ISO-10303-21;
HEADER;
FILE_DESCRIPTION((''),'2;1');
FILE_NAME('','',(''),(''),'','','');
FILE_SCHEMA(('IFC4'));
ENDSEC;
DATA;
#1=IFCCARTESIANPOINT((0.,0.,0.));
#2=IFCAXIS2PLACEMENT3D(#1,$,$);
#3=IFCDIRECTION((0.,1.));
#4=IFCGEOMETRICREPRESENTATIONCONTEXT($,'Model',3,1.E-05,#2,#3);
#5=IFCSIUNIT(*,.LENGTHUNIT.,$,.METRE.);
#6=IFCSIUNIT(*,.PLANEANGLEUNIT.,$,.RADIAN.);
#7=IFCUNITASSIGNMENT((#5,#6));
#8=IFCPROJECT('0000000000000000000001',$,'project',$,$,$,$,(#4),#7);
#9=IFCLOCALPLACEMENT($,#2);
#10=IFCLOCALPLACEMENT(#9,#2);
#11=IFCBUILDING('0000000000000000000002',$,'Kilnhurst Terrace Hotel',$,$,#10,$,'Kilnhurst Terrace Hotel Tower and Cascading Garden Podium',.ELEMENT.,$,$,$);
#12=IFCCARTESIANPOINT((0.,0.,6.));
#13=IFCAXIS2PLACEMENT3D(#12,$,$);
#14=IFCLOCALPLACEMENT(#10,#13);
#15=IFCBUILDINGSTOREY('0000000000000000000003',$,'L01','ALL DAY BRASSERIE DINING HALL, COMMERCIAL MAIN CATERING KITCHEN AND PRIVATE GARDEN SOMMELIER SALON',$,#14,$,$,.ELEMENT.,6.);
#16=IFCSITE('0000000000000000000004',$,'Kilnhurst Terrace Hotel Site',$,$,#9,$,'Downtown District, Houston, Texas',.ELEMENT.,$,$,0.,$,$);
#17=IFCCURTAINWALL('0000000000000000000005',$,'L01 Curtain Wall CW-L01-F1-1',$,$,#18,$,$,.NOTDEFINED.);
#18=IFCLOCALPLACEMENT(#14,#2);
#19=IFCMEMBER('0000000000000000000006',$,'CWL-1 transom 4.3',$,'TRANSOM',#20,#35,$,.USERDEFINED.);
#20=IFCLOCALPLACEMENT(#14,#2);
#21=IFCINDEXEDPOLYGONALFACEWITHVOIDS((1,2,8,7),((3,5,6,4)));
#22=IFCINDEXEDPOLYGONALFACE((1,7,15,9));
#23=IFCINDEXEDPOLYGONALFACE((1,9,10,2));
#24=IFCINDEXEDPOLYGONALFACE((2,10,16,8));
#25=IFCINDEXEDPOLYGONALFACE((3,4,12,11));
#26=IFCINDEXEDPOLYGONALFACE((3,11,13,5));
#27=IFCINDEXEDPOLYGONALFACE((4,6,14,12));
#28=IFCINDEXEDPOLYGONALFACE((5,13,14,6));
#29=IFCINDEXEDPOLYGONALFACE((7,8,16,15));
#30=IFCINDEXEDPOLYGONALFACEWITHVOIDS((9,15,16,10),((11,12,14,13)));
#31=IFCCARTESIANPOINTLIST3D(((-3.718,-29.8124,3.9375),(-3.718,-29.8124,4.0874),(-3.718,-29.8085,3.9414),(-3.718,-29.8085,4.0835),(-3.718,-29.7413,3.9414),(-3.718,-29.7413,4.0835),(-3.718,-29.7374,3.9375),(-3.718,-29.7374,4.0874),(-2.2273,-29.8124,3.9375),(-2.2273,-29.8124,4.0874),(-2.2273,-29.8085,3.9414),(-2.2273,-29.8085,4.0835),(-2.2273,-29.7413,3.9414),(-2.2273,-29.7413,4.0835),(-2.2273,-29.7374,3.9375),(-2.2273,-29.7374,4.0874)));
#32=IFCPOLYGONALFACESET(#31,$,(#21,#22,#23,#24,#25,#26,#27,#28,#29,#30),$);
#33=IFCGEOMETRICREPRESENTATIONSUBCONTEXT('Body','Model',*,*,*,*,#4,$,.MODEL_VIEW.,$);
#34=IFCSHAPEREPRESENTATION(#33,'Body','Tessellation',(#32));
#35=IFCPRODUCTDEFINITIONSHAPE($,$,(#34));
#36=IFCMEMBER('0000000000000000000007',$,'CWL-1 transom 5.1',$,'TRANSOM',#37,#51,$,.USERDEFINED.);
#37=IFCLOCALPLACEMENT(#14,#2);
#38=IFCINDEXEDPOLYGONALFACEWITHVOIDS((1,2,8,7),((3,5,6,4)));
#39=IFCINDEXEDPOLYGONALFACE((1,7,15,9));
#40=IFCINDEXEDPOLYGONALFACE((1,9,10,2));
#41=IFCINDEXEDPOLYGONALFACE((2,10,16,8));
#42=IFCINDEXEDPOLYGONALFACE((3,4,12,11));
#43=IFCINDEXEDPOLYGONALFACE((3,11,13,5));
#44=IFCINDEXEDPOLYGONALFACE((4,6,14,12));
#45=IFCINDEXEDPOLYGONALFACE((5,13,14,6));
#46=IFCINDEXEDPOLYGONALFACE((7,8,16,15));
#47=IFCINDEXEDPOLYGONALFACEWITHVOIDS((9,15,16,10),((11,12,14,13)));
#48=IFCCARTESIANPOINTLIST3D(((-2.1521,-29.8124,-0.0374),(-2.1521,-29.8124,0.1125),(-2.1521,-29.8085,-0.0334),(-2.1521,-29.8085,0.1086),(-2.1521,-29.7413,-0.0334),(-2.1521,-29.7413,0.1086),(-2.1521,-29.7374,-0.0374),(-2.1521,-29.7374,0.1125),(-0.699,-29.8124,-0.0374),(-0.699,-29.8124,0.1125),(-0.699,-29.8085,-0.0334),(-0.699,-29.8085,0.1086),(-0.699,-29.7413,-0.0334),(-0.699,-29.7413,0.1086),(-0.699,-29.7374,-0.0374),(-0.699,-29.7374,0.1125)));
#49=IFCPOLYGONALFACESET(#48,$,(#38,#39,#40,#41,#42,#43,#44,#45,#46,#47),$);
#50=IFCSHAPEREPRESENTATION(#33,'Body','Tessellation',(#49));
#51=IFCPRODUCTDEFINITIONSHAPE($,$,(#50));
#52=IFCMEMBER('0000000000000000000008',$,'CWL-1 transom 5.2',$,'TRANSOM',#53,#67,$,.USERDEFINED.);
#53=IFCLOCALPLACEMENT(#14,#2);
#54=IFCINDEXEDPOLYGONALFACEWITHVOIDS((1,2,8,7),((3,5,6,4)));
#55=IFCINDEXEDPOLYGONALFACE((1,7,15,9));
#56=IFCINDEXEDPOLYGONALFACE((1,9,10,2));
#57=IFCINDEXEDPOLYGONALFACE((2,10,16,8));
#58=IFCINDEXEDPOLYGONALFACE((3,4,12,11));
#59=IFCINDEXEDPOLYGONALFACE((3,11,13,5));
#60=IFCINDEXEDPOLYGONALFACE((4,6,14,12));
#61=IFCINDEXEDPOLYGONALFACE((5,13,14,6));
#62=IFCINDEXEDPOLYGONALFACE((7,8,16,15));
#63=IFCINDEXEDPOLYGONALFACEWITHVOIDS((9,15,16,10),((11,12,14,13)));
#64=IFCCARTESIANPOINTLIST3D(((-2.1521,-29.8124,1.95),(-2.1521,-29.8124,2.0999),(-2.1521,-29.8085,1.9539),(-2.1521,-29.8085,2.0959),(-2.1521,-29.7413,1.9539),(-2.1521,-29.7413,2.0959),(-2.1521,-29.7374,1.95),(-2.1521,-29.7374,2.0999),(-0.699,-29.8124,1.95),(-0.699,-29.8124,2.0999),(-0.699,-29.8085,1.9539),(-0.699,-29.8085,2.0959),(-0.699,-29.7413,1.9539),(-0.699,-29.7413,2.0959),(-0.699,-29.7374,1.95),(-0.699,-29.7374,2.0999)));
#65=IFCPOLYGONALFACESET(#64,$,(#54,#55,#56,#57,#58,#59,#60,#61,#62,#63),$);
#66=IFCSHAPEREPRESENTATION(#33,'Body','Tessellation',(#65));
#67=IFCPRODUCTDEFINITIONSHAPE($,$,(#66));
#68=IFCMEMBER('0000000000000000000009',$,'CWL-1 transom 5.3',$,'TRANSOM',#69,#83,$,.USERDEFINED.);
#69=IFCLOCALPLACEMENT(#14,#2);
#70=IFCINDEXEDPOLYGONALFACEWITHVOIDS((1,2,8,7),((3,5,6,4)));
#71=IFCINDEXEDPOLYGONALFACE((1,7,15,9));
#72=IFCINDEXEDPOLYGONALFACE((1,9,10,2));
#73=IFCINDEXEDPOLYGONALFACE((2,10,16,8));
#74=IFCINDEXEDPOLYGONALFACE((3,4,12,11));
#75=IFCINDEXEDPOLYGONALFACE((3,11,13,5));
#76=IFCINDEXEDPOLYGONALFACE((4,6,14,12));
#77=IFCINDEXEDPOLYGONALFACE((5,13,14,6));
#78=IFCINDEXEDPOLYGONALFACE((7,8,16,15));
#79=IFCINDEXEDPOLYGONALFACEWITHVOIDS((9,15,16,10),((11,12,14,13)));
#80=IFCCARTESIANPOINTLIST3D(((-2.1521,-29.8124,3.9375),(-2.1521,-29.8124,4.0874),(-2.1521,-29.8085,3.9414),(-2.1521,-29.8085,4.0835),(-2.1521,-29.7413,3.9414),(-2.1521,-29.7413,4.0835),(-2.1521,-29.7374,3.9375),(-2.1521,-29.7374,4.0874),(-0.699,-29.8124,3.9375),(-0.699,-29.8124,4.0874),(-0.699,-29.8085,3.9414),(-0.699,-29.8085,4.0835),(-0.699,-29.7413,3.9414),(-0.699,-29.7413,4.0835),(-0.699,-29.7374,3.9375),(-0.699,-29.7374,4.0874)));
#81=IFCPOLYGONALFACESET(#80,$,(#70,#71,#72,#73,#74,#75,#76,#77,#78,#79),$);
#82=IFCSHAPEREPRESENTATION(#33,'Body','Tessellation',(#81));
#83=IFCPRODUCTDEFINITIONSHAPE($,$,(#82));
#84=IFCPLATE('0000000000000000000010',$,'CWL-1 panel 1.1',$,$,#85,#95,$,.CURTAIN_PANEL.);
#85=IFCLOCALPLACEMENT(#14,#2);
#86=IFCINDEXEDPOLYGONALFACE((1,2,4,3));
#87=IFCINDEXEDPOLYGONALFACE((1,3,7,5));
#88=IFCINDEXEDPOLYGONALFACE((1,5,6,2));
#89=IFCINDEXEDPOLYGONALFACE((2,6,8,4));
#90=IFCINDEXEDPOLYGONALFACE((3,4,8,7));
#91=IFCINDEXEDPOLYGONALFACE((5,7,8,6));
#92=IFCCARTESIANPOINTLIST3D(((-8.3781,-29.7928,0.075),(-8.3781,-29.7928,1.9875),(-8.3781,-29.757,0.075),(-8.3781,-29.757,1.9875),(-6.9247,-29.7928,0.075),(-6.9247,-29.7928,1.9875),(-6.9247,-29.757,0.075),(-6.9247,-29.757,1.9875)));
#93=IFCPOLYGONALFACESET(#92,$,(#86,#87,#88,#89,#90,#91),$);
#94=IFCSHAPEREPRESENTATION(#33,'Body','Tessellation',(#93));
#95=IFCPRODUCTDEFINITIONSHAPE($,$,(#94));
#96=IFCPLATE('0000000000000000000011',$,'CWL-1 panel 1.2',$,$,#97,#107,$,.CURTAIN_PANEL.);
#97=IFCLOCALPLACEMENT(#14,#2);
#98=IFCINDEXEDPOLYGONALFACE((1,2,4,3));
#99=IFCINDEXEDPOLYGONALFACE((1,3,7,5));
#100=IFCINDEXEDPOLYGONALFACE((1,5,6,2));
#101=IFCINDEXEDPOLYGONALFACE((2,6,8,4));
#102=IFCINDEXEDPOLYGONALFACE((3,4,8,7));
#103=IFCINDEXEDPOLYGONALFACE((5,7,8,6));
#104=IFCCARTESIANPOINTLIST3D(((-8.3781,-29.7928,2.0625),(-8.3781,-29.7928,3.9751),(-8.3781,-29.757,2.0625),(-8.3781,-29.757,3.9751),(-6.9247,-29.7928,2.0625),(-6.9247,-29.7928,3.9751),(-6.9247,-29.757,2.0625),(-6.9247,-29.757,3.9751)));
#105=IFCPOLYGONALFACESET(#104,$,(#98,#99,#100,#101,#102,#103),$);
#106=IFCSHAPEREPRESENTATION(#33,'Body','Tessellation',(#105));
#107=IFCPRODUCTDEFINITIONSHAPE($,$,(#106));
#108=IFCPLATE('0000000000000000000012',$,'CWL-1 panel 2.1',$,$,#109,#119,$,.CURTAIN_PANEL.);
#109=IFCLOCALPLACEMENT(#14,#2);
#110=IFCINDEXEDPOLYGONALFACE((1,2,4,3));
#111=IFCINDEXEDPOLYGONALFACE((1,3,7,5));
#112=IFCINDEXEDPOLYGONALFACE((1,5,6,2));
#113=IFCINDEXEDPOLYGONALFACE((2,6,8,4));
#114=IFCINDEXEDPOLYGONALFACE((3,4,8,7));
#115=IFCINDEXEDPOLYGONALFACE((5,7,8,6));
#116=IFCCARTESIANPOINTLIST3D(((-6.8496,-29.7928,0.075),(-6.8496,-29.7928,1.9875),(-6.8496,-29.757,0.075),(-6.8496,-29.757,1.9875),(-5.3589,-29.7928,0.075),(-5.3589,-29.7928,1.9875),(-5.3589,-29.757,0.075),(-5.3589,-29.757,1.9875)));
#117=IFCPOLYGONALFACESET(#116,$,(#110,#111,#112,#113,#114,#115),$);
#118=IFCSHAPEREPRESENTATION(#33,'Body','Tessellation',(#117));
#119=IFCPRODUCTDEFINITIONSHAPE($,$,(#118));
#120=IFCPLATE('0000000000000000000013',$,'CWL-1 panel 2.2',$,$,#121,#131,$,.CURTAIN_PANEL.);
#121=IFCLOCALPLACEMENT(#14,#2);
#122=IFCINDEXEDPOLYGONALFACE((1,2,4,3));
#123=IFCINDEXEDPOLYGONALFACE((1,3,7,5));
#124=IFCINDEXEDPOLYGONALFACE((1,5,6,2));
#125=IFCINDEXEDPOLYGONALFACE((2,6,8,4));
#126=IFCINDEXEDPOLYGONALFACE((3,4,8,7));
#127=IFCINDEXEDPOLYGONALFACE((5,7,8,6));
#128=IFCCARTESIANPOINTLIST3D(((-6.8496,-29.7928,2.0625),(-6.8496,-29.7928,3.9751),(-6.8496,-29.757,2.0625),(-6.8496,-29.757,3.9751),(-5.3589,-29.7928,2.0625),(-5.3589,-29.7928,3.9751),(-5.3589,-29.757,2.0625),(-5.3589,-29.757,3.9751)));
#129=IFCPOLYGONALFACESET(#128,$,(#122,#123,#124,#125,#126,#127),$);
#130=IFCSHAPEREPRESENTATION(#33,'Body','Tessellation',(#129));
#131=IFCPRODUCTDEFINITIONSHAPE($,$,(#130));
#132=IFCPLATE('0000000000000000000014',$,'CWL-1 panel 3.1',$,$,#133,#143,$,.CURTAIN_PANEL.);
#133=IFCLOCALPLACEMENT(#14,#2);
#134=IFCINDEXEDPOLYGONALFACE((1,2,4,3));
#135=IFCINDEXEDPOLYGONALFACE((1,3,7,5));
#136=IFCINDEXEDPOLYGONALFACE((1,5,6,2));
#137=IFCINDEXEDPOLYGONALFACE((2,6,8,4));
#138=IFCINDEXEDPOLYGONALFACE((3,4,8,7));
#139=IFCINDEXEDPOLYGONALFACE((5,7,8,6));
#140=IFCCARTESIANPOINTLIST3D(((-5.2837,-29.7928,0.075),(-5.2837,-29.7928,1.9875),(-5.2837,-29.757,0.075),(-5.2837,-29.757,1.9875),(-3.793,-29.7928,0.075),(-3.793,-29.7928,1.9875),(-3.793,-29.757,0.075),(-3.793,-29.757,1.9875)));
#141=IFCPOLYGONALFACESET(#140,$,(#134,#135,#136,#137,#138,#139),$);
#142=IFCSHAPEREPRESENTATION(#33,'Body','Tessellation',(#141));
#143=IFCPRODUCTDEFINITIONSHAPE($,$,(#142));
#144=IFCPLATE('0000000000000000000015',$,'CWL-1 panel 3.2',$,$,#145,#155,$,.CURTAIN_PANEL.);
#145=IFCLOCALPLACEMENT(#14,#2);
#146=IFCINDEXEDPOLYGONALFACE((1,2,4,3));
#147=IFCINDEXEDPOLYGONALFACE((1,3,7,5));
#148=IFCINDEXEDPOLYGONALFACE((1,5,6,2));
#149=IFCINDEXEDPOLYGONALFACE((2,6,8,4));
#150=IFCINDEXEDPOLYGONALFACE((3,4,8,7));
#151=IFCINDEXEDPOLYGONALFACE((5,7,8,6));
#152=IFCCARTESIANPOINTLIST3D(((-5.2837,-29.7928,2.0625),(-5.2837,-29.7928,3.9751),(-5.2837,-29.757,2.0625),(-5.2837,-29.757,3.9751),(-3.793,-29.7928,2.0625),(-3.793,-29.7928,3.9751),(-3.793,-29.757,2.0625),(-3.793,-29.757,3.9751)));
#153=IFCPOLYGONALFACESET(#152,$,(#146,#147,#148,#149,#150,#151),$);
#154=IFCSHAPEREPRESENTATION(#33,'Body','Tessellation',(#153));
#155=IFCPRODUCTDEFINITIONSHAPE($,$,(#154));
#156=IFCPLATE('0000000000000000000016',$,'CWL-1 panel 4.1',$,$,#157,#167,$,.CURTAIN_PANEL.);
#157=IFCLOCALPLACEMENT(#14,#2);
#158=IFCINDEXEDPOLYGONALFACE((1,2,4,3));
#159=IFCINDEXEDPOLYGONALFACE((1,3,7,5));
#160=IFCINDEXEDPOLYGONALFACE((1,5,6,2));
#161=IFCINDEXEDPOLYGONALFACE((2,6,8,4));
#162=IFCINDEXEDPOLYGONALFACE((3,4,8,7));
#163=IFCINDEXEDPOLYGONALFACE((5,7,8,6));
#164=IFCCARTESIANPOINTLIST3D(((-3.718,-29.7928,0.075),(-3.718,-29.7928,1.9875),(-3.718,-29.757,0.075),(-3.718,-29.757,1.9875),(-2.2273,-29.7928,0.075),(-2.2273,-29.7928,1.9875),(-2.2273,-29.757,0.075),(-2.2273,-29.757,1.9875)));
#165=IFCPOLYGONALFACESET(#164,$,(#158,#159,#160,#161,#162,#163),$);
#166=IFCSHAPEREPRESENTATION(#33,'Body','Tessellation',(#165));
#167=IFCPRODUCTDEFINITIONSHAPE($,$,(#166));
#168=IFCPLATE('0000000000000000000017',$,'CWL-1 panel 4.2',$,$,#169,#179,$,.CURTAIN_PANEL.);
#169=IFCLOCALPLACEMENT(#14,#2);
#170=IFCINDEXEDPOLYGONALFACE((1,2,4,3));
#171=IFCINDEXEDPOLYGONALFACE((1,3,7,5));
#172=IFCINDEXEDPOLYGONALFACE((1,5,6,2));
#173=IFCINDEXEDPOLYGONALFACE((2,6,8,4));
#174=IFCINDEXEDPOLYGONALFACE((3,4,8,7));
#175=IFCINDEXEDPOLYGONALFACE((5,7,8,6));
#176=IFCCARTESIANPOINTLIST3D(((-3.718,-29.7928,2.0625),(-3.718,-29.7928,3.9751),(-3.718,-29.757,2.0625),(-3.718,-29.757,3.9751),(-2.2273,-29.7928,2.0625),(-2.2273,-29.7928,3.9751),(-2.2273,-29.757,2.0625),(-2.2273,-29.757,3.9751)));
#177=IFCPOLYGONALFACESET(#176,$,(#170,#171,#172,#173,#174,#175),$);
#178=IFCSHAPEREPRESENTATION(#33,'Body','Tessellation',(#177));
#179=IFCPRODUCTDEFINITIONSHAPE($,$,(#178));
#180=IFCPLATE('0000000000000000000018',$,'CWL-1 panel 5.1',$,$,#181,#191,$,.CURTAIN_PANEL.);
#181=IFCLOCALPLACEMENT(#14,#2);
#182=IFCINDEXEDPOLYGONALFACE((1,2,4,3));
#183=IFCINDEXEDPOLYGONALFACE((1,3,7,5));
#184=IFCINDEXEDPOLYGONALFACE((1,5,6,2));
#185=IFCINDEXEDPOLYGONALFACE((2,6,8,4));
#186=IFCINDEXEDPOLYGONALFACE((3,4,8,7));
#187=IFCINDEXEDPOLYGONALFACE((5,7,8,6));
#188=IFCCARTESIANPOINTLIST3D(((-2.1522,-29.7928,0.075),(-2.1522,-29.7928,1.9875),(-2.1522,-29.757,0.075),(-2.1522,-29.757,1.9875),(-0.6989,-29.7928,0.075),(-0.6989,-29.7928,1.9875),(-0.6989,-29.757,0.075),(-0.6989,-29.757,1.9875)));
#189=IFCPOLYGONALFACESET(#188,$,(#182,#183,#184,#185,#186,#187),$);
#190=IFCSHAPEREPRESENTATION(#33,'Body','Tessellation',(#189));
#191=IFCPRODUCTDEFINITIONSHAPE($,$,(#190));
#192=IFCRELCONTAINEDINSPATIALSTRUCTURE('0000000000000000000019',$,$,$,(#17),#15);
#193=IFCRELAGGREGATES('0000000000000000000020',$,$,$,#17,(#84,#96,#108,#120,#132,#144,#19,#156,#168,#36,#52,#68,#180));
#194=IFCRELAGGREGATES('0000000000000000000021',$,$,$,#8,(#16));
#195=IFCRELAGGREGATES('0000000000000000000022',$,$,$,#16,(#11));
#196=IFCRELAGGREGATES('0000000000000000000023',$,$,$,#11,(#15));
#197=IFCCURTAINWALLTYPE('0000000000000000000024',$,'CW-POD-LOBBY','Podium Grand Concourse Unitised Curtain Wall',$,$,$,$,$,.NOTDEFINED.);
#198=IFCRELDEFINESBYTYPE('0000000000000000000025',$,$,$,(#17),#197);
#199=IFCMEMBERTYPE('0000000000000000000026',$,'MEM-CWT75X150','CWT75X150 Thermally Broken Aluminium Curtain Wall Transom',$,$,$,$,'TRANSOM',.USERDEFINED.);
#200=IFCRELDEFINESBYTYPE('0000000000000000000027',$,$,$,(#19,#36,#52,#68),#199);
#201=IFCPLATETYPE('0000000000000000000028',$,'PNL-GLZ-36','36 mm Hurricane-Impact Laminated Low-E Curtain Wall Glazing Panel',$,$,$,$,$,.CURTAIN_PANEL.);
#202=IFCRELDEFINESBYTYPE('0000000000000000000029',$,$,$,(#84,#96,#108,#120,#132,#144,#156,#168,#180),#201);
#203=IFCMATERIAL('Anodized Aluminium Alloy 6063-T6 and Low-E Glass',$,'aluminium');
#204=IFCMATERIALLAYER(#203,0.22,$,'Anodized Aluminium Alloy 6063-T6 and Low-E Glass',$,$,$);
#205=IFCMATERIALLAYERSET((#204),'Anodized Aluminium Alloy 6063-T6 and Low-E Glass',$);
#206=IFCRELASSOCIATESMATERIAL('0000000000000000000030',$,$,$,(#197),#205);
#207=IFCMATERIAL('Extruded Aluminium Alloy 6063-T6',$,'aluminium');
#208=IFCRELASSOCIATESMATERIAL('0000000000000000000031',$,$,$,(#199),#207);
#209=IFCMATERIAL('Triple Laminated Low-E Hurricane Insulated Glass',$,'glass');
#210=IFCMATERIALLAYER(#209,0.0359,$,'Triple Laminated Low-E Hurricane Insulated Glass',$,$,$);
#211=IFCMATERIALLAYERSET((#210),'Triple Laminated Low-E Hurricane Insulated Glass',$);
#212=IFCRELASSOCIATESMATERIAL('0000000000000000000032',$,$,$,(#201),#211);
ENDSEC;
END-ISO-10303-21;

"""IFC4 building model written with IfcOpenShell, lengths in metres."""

from ifc_helpers import new_model, si_unit, direction, frame, origin, origin_2d, place, context, subcontext, project, spatial, rectangle, hollow_rectangle, extrude, material, layer, layer_set, material_profile, profile_set, type_object, element, aggregate, save


model = new_model("IFC4")

# Units and contexts
model_context = context("Model", 3, precision=1e-05, world=origin(), true_north=direction((0.0, 1.0)))
body_context = subcontext(model_context, "Body", "Model", "MODEL_VIEW")
ifc_project = project(units=[si_unit("LENGTHUNIT", "METRE"), si_unit("PLANEANGLEUNIT", "RADIAN")], contexts=[model_context])

# Site, building, storey
site_placement = place(None, origin())
site = spatial("IfcSite", under=ifc_project, at=site_placement, Name="Kilnhurst Terrace Hotel Site", LongName="Downtown District, Houston, Texas", CompositionType="ELEMENT", RefElevation=0.0)
building_placement = place(site_placement, origin())
building = spatial("IfcBuilding", under=site, at=building_placement, Name="Kilnhurst Terrace Hotel", LongName="Kilnhurst Terrace Hotel Tower and Cascading Garden Podium", CompositionType="ELEMENT")
storey_placement = place(building_placement, frame((0.0, 0.0, 6.0)))
storey = spatial("IfcBuildingStorey", under=building, at=storey_placement, Name="L01", Description="ALL DAY BRASSERIE DINING HALL, COMMERCIAL MAIN CATERING KITCHEN AND PRIVATE GARDEN SOMMELIER SALON", CompositionType="ELEMENT", Elevation=6.0)

# Curtain wall, members, plates
ifc_material_1 = material(Name="Anodized Aluminium Alloy 6063-T6 and Low-E Glass", Category="aluminium")
ifc_layer_1 = layer(ifc_material_1, 0.22, Name="Anodized Aluminium Alloy 6063-T6 and Low-E Glass")
ifc_layer_set_1 = layer_set([ifc_layer_1], Name="Anodized Aluminium Alloy 6063-T6 and Low-E Glass")
curtain_wall_type = type_object("IfcCurtainWallType", Name="CW-POD-LOBBY", Description="Podium Grand Concourse Unitised Curtain Wall", PredefinedType="NOTDEFINED", material=ifc_layer_set_1)
curtain_wall_placement = place(storey_placement, origin())
curtain_wall = element("IfcCurtainWall", 1, at=curtain_wall_placement, inside=storey, type_object=curtain_wall_type, Name="L01 Curtain Wall CW-L01-F1-1", PredefinedType="NOTDEFINED")
ifc_material_2 = material(Name="Extruded Aluminium Alloy 6063-T6", Category="aluminium")
ifc_material_profile_1 = material_profile(ifc_material_2, hollow_rectangle(XDim=0.075, YDim=0.1499, WallThickness=0.0039, at=origin_2d()), Name="CWT75X150")
ifc_profile_set_1 = profile_set([ifc_material_profile_1], Name="Extruded Aluminium Alloy 6063-T6")
member_type_1 = type_object("IfcMemberType", Name="MEM-CWT75X150", Description="CWT75X150 Thermally Broken Aluminium Curtain Wall Transom", ElementType="TRANSOM", PredefinedType="USERDEFINED", material=ifc_profile_set_1)
member_1_placement = place(storey_placement, frame((-3.718, -29.7749, 4.0125), z_axis=(1.0, 0.0, 0.0), x_axis=(0.0, 1.0, 0.0)))
member_1 = element("IfcMember", 2, at=member_1_placement, type_object=member_type_1, Name="CWL-1 transom 4.3", ObjectType="TRANSOM", PredefinedType="USERDEFINED", context=body_context, shape_type="SweptSolid", body=[
    extrude(hollow_rectangle(XDim=0.075, YDim=0.1499, WallThickness=0.0039, at=origin_2d()), origin(), (0.0, 0.0, 1.0), 1.4907),
])
member_2_placement = place(storey_placement, frame((-2.1521, -29.7749, 0.0376), z_axis=(1.0, 0.0, 0.0), x_axis=(0.0, 1.0, 0.0)))
member_2 = element("IfcMember", 3, at=member_2_placement, type_object=member_type_1, Name="CWL-1 transom 5.1", ObjectType="TRANSOM", PredefinedType="USERDEFINED", context=body_context, shape_type="SweptSolid", body=[
    extrude(hollow_rectangle(XDim=0.075, YDim=0.1499, WallThickness=0.0039, at=origin_2d()), origin(), (0.0, 0.0, 1.0), 1.4531),
])
member_3_placement = place(storey_placement, frame((-2.1521, -29.7749, 2.0249), z_axis=(1.0, 0.0, 0.0), x_axis=(0.0, 1.0, 0.0)))
member_3 = element("IfcMember", 4, at=member_3_placement, type_object=member_type_1, Name="CWL-1 transom 5.2", ObjectType="TRANSOM", PredefinedType="USERDEFINED", context=body_context, shape_type="SweptSolid", body=[
    extrude(hollow_rectangle(XDim=0.075, YDim=0.1499, WallThickness=0.0039, at=origin_2d()), origin(), (0.0, 0.0, 1.0), 1.4531),
])
member_4_placement = place(storey_placement, frame((-2.1521, -29.7749, 4.0125), z_axis=(1.0, 0.0, 0.0), x_axis=(0.0, 1.0, 0.0)))
member_4 = element("IfcMember", 5, at=member_4_placement, type_object=member_type_1, Name="CWL-1 transom 5.3", ObjectType="TRANSOM", PredefinedType="USERDEFINED", context=body_context, shape_type="SweptSolid", body=[
    extrude(hollow_rectangle(XDim=0.075, YDim=0.1499, WallThickness=0.0039, at=origin_2d()), origin(), (0.0, 0.0, 1.0), 1.4531),
])
ifc_material_3 = material(Name="Triple Laminated Low-E Hurricane Insulated Glass", Category="glass")
ifc_layer_2 = layer(ifc_material_3, 0.0359, Name="Triple Laminated Low-E Hurricane Insulated Glass")
ifc_layer_set_2 = layer_set([ifc_layer_2], Name="Triple Laminated Low-E Hurricane Insulated Glass")
plate_type = type_object("IfcPlateType", Name="PNL-GLZ-36", Description="36 mm Hurricane-Impact Laminated Low-E Curtain Wall Glazing Panel", PredefinedType="CURTAIN_PANEL", material=ifc_layer_set_2)
plate_1_placement = place(storey_placement, frame((-7.6514, -29.7749, 0.075), z_axis=(0.0, 0.0, 1.0), x_axis=(1.0, 0.0, 0.0)))
plate_1 = element("IfcPlate", 6, at=plate_1_placement, type_object=plate_type, Name="CWL-1 panel 1.1", PredefinedType="CURTAIN_PANEL", context=body_context, shape_type="SweptSolid", body=[
    extrude(rectangle(XDim=1.4534, YDim=0.0359, at=origin_2d()), origin(), (0.0, 0.0, 1.0), 1.9126),
])
plate_2_placement = place(storey_placement, frame((-7.6514, -29.7749, 2.0625), z_axis=(0.0, 0.0, 1.0), x_axis=(1.0, 0.0, 0.0)))
plate_2 = element("IfcPlate", 7, at=plate_2_placement, type_object=plate_type, Name="CWL-1 panel 1.2", PredefinedType="CURTAIN_PANEL", context=body_context, shape_type="SweptSolid", body=[
    extrude(rectangle(XDim=1.4534, YDim=0.0359, at=origin_2d()), origin(), (0.0, 0.0, 1.0), 1.9126),
])
plate_3_placement = place(storey_placement, frame((-6.1042, -29.7749, 0.075), z_axis=(0.0, 0.0, 1.0), x_axis=(1.0, 0.0, 0.0)))
plate_3 = element("IfcPlate", 8, at=plate_3_placement, type_object=plate_type, Name="CWL-1 panel 2.1", PredefinedType="CURTAIN_PANEL", context=body_context, shape_type="SweptSolid", body=[
    extrude(rectangle(XDim=1.4907, YDim=0.0359, at=origin_2d()), origin(), (0.0, 0.0, 1.0), 1.9126),
])
plate_4_placement = place(storey_placement, frame((-6.1042, -29.7749, 2.0625), z_axis=(0.0, 0.0, 1.0), x_axis=(1.0, 0.0, 0.0)))
plate_4 = element("IfcPlate", 9, at=plate_4_placement, type_object=plate_type, Name="CWL-1 panel 2.2", PredefinedType="CURTAIN_PANEL", context=body_context, shape_type="SweptSolid", body=[
    extrude(rectangle(XDim=1.4907, YDim=0.0359, at=origin_2d()), origin(), (0.0, 0.0, 1.0), 1.9126),
])
plate_5_placement = place(storey_placement, frame((-4.5383, -29.7749, 0.075), z_axis=(0.0, 0.0, 1.0), x_axis=(1.0, 0.0, 0.0)))
plate_5 = element("IfcPlate", 10, at=plate_5_placement, type_object=plate_type, Name="CWL-1 panel 3.1", PredefinedType="CURTAIN_PANEL", context=body_context, shape_type="SweptSolid", body=[
    extrude(rectangle(XDim=1.4907, YDim=0.0359, at=origin_2d()), origin(), (0.0, 0.0, 1.0), 1.9126),
])
plate_6_placement = place(storey_placement, frame((-4.5383, -29.7749, 2.0625), z_axis=(0.0, 0.0, 1.0), x_axis=(1.0, 0.0, 0.0)))
plate_6 = element("IfcPlate", 11, at=plate_6_placement, type_object=plate_type, Name="CWL-1 panel 3.2", PredefinedType="CURTAIN_PANEL", context=body_context, shape_type="SweptSolid", body=[
    extrude(rectangle(XDim=1.4907, YDim=0.0359, at=origin_2d()), origin(), (0.0, 0.0, 1.0), 1.9126),
])
plate_7_placement = place(storey_placement, frame((-2.9727, -29.7749, 0.075), z_axis=(0.0, 0.0, 1.0), x_axis=(1.0, 0.0, 0.0)))
plate_7 = element("IfcPlate", 12, at=plate_7_placement, type_object=plate_type, Name="CWL-1 panel 4.1", PredefinedType="CURTAIN_PANEL", context=body_context, shape_type="SweptSolid", body=[
    extrude(rectangle(XDim=1.4907, YDim=0.0359, at=origin_2d()), origin(), (0.0, 0.0, 1.0), 1.9126),
])
plate_8_placement = place(storey_placement, frame((-2.9727, -29.7749, 2.0625), z_axis=(0.0, 0.0, 1.0), x_axis=(1.0, 0.0, 0.0)))
plate_8 = element("IfcPlate", 13, at=plate_8_placement, type_object=plate_type, Name="CWL-1 panel 4.2", PredefinedType="CURTAIN_PANEL", context=body_context, shape_type="SweptSolid", body=[
    extrude(rectangle(XDim=1.4907, YDim=0.0359, at=origin_2d()), origin(), (0.0, 0.0, 1.0), 1.9126),
])
plate_9_placement = place(storey_placement, frame((-1.4255, -29.7749, 0.075), z_axis=(0.0, 0.0, 1.0), x_axis=(1.0, 0.0, 0.0)))
plate_9 = element("IfcPlate", 14, at=plate_9_placement, type_object=plate_type, Name="CWL-1 panel 5.1", PredefinedType="CURTAIN_PANEL", context=body_context, shape_type="SweptSolid", body=[
    extrude(rectangle(XDim=1.4534, YDim=0.0359, at=origin_2d()), origin(), (0.0, 0.0, 1.0), 1.9126),
])
aggregate(curtain_wall, [plate_1, plate_2, plate_3, plate_4, plate_5, plate_6, member_1, plate_7, plate_8, member_2, member_3, member_4, plate_9])

save(model, "model.ifc")
